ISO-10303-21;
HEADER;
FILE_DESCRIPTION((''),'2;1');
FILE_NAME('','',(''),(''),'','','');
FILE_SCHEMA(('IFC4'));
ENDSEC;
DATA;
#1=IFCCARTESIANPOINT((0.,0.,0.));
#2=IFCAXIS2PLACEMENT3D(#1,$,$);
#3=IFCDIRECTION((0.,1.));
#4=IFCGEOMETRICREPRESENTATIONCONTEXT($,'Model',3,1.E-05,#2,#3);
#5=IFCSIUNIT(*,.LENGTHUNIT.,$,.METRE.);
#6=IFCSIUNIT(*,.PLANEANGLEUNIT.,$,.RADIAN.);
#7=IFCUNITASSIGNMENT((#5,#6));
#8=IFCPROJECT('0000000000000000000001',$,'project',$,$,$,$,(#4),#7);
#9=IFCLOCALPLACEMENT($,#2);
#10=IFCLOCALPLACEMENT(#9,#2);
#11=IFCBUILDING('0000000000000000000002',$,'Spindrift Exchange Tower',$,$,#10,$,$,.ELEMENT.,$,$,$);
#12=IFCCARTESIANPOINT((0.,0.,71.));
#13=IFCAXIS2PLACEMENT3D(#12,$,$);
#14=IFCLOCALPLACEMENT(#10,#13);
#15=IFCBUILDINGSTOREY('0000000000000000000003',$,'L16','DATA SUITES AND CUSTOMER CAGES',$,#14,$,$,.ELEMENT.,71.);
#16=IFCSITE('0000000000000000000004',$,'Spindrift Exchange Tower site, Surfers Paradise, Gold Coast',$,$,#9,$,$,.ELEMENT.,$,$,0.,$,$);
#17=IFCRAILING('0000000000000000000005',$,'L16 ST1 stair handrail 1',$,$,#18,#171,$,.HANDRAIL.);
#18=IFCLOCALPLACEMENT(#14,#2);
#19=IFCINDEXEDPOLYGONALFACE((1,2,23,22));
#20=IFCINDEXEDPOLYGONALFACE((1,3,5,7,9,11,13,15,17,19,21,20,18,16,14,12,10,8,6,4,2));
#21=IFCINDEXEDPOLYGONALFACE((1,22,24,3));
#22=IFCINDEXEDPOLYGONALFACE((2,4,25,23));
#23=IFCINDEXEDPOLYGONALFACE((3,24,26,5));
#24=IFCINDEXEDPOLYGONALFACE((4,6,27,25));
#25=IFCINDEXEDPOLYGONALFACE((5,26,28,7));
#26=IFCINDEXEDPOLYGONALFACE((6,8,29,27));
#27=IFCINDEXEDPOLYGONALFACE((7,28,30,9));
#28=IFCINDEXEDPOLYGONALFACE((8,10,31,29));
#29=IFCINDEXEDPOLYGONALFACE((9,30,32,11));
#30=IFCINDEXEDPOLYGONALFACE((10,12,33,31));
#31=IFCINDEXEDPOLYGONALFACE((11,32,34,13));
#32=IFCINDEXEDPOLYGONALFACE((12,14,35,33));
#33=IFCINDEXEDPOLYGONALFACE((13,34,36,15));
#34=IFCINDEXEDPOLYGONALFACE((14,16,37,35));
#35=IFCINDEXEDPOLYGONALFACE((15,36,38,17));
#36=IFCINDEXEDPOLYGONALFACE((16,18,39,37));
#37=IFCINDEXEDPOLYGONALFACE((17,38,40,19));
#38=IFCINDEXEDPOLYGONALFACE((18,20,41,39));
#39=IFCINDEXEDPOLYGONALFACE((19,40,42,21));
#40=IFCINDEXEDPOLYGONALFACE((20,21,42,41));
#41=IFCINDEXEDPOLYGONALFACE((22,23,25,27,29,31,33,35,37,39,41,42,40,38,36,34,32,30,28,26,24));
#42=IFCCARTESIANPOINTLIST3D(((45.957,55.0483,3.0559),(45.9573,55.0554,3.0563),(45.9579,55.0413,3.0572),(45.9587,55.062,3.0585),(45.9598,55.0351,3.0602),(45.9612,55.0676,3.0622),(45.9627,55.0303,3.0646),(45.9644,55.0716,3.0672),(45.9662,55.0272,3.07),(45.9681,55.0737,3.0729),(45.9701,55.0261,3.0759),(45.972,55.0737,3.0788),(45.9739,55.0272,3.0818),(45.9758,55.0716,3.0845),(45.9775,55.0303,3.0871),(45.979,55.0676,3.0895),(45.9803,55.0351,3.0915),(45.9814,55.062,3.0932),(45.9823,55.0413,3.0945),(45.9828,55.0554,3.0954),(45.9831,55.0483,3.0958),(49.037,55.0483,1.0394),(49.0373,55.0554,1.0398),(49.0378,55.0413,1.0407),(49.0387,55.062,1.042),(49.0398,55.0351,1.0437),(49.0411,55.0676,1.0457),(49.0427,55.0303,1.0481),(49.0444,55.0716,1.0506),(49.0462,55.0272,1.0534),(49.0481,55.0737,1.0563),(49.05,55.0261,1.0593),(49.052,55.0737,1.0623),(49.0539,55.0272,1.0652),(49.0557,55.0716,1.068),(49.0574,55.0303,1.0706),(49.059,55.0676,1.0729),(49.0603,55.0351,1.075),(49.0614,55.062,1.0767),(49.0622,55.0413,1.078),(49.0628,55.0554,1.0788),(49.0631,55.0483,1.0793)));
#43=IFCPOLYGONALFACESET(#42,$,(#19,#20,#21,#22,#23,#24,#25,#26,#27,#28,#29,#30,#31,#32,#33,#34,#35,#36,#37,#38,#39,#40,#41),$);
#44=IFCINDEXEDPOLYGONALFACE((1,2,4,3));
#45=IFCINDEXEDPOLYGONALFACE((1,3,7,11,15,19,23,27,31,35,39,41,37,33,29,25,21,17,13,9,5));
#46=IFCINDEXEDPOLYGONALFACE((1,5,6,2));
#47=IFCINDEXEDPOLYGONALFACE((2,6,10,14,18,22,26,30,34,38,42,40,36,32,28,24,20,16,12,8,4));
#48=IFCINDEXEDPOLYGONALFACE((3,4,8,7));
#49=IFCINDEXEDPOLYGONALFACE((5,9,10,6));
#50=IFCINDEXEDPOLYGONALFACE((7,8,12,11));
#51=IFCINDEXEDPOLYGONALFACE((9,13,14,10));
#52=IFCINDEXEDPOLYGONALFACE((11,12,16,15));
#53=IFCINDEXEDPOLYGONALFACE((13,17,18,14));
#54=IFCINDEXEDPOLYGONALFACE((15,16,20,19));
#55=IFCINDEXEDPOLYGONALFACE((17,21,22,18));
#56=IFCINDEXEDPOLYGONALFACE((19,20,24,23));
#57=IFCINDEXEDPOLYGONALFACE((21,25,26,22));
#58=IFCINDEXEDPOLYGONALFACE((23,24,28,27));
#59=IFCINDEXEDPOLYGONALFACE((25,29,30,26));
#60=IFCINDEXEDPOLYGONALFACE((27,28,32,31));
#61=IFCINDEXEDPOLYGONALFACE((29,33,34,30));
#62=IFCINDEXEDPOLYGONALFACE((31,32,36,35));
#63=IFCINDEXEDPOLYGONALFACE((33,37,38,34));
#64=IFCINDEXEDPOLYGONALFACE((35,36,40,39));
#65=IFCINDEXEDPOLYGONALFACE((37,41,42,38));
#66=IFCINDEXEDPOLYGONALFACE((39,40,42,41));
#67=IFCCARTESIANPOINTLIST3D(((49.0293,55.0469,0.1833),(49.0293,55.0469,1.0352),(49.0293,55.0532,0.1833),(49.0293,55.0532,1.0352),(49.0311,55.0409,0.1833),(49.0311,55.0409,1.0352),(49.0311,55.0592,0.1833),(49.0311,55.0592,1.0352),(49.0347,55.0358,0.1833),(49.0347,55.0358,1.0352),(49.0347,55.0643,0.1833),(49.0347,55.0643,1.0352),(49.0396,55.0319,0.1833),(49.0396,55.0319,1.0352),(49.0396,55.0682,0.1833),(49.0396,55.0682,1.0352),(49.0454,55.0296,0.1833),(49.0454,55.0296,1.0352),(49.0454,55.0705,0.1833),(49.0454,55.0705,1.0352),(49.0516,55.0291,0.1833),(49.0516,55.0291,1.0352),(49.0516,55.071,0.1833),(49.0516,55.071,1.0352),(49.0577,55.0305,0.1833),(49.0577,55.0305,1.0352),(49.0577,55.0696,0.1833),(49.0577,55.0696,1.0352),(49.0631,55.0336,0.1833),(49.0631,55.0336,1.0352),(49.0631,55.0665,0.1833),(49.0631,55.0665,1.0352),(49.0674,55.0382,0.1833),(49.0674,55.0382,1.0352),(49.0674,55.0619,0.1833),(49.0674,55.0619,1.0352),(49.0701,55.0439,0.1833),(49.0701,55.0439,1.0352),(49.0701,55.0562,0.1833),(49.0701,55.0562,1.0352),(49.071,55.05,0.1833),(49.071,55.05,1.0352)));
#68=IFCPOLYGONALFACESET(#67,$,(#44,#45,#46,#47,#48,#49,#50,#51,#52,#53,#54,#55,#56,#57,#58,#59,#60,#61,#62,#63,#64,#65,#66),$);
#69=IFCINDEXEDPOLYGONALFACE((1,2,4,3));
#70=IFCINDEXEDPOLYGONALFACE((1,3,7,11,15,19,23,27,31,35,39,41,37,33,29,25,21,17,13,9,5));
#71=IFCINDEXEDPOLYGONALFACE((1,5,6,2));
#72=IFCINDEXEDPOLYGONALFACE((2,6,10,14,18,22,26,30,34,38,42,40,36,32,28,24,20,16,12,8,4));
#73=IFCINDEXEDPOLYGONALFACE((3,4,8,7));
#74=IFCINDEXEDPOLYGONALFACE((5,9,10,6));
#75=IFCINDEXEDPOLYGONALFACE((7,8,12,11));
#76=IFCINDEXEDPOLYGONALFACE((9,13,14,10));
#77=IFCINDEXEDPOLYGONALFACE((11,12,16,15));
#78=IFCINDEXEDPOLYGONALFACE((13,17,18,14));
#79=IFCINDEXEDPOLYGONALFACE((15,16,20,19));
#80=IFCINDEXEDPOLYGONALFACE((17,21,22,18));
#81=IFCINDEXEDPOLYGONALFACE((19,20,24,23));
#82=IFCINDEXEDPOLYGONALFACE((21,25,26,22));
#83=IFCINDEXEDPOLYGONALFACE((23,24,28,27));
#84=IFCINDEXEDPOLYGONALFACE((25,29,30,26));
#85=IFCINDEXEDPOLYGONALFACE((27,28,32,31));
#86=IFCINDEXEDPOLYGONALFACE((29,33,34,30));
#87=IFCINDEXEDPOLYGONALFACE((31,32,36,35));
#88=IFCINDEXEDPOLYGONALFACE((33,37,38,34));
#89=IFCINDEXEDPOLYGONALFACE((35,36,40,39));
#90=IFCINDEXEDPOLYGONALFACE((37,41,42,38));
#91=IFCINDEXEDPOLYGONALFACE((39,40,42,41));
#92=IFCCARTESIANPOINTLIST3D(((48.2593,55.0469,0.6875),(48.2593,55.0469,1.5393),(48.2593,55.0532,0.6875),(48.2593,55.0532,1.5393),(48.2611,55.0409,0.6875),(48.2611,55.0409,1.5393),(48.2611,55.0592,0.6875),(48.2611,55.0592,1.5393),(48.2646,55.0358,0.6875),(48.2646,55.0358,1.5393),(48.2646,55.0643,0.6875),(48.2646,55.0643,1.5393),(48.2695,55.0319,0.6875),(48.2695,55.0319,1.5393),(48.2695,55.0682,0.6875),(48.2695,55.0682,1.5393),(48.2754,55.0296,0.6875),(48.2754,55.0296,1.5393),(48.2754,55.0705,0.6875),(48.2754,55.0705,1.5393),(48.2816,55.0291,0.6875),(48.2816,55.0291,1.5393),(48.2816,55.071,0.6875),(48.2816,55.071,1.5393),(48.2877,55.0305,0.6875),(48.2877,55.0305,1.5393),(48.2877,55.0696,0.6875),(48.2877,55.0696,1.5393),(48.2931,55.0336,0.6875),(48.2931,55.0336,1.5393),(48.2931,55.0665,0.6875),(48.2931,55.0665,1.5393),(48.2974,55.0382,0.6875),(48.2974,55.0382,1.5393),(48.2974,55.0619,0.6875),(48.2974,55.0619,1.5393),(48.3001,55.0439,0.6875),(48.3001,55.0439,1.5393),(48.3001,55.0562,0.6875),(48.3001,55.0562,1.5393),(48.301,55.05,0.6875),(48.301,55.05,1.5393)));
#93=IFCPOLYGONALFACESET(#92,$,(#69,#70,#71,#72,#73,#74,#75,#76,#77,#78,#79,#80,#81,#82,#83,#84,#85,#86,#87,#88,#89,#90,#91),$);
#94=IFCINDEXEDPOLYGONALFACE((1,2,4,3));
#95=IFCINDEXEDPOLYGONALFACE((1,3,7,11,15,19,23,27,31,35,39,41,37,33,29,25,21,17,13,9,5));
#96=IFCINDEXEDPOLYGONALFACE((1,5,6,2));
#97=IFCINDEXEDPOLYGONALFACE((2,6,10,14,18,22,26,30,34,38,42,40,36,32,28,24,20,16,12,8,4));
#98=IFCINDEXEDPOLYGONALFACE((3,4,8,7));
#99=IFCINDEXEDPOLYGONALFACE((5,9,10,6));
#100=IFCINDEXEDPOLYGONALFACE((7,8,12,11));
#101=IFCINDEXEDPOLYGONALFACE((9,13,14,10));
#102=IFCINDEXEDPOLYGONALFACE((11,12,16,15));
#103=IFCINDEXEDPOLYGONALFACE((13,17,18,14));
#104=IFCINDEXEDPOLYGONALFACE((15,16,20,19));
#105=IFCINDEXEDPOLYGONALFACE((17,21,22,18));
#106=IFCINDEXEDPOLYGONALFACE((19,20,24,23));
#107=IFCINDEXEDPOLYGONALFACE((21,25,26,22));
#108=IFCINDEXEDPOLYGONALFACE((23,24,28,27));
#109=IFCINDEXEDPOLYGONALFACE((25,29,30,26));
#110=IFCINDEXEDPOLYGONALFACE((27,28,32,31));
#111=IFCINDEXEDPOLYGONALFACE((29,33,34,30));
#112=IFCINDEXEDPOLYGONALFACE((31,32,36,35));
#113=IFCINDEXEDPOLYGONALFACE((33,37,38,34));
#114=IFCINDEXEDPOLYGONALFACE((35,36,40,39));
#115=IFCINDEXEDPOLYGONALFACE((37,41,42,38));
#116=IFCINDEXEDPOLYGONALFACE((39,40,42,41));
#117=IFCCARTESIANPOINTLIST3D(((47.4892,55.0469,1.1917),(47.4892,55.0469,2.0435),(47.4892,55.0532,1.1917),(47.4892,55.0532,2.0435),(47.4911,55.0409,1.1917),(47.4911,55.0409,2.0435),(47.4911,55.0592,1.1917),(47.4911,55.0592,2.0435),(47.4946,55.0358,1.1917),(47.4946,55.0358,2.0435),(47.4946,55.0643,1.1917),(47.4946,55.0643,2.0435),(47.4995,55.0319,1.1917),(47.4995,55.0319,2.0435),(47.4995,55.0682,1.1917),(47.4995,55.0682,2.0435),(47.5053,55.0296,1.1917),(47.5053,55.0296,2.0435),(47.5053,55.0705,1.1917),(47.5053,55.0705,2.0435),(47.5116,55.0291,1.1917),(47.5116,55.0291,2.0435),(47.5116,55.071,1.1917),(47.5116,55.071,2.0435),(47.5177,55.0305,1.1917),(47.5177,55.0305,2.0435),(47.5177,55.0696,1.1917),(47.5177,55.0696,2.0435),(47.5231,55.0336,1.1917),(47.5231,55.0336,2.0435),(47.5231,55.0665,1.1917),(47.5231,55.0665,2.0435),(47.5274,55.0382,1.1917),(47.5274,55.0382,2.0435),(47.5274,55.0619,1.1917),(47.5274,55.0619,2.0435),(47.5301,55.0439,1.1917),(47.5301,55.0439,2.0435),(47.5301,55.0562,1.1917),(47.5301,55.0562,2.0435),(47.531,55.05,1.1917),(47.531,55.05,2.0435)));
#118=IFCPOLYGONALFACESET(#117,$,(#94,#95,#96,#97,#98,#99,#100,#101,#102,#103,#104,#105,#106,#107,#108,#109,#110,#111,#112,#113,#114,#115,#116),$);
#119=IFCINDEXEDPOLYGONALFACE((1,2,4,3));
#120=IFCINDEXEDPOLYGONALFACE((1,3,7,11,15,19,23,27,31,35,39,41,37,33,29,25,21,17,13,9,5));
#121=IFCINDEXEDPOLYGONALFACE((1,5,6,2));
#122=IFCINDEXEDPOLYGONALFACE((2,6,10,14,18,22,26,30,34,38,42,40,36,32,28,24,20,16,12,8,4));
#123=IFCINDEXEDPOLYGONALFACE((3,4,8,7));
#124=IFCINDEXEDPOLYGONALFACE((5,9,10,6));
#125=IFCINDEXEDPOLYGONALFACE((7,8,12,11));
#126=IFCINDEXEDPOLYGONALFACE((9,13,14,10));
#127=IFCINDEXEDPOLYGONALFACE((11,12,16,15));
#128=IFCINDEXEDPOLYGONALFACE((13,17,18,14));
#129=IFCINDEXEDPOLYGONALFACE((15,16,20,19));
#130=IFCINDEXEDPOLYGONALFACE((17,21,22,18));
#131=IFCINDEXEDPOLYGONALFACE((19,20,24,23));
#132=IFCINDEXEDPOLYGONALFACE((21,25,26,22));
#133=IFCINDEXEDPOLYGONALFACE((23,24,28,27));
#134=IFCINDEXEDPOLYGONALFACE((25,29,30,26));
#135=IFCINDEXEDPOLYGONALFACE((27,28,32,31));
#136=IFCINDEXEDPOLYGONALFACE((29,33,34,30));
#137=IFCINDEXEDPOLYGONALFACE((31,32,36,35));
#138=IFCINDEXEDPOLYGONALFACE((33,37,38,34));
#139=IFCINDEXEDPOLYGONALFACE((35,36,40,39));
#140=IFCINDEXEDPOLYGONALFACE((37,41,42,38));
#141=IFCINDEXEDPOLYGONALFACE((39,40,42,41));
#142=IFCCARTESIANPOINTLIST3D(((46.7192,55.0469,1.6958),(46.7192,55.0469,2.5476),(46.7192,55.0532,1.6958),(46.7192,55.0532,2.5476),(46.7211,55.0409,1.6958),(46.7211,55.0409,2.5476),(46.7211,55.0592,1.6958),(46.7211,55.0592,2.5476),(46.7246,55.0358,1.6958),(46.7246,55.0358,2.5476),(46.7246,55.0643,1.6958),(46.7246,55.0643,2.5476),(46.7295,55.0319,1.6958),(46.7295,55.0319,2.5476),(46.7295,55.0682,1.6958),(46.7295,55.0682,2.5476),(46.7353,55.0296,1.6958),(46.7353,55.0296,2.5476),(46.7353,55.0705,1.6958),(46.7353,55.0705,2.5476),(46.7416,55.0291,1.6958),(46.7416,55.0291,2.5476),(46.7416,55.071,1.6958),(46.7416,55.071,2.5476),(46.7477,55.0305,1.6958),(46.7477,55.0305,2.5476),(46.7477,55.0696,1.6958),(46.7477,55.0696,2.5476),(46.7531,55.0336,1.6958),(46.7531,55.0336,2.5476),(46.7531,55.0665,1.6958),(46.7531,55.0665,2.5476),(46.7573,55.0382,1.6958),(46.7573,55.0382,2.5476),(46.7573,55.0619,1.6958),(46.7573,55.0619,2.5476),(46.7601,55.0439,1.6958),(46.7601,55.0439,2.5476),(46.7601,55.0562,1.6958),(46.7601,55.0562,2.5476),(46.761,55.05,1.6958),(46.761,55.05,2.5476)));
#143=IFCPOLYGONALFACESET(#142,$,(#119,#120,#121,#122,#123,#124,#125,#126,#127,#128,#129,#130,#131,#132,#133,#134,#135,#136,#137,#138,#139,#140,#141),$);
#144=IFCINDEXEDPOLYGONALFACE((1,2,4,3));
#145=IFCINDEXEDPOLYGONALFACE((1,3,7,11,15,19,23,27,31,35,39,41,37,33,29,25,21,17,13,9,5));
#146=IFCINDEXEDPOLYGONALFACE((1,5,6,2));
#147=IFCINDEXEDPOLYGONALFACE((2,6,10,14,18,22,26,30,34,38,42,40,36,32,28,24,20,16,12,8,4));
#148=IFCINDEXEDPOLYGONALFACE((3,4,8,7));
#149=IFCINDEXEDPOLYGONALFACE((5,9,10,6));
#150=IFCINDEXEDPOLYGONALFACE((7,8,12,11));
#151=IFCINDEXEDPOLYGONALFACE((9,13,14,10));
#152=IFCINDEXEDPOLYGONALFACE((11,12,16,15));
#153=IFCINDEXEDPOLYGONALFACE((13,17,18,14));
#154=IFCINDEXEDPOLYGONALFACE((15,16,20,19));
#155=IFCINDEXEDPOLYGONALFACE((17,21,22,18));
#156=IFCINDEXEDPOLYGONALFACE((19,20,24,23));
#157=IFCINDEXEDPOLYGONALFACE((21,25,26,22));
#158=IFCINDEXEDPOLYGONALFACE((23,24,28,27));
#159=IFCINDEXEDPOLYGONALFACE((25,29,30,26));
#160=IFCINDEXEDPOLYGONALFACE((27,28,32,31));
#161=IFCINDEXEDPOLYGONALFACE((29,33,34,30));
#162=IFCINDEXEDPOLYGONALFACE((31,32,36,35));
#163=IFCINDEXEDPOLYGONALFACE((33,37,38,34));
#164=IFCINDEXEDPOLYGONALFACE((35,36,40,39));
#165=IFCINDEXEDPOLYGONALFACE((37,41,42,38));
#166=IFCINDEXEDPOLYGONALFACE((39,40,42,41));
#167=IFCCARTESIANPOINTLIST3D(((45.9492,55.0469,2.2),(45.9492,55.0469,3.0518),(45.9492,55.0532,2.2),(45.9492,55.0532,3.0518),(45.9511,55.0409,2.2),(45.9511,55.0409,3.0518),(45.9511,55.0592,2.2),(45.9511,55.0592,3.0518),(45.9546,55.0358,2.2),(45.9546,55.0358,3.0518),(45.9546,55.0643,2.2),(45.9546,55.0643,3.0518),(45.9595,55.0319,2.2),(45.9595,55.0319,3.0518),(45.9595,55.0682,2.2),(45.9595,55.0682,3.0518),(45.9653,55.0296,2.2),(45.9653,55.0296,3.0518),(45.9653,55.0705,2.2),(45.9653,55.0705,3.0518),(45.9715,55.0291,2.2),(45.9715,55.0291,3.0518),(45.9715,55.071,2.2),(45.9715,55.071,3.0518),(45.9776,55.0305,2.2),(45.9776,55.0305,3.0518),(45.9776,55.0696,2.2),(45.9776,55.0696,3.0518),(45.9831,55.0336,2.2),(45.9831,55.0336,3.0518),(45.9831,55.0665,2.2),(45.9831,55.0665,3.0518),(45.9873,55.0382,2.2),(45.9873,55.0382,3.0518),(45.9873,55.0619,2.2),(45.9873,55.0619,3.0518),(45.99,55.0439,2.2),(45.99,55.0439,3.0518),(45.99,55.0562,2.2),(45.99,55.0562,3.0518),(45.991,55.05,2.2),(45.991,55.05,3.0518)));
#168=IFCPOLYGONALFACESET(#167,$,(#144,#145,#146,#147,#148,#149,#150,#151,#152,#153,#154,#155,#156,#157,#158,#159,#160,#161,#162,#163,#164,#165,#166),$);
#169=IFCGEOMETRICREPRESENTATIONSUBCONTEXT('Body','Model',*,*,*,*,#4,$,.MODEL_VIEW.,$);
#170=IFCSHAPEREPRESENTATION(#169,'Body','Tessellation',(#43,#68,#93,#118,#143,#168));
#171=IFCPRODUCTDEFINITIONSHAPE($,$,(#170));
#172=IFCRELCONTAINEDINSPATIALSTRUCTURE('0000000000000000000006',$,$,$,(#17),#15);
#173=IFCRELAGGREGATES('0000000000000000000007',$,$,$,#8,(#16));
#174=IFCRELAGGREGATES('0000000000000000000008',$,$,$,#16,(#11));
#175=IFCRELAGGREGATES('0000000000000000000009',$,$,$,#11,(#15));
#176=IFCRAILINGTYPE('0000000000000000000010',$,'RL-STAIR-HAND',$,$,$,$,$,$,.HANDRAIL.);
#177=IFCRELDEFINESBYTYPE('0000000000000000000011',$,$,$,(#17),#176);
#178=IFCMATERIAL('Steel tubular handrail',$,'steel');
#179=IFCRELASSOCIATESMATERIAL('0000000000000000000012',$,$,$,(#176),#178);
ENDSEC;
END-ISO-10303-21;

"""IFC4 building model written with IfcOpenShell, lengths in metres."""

from ifc_helpers import new_model, si_unit, direction, frame, origin, origin_2d, place, context, subcontext, project, spatial, circle, extrude, material, type_object, element, save


model = new_model("IFC4")

# Units and contexts
model_context = context("Model", 3, precision=1e-05, world=origin(), true_north=direction((0.0, 1.0)))
body_context = subcontext(model_context, "Body", "Model", "MODEL_VIEW")
ifc_project = project(units=[si_unit("LENGTHUNIT", "METRE"), si_unit("PLANEANGLEUNIT", "RADIAN")], contexts=[model_context])

# Site, building, storey
site_placement = place(None, origin())
site = spatial("IfcSite", under=ifc_project, at=site_placement, Name="Spindrift Exchange Tower site, Surfers Paradise, Gold Coast", CompositionType="ELEMENT", RefElevation=0.0)
building_placement = place(site_placement, origin())
building = spatial("IfcBuilding", under=site, at=building_placement, Name="Spindrift Exchange Tower", CompositionType="ELEMENT")
storey_placement = place(building_placement, frame((0.0, 0.0, 71.0)))
storey = spatial("IfcBuildingStorey", under=building, at=storey_placement, Name="L16", Description="DATA SUITES AND CUSTOMER CAGES", CompositionType="ELEMENT", Elevation=71.0)

# Railing
ifc_material_1 = material(Name="Steel tubular handrail", Category="steel")
railing_type_1 = type_object("IfcRailingType", Name="RL-STAIR-HAND", PredefinedType="HANDRAIL", material=ifc_material_1)
railing_1_placement = place(storey_placement, frame((49.05, 55.05, 0.1833)))
element("IfcRailing", 1, at=railing_1_placement, inside=storey, type_object=railing_type_1, Name="L16 ST1 stair handrail 1", PredefinedType="HANDRAIL", context=body_context, shape_type="SweptSolid", body=[
    extrude(circle(Radius=0.0239, at=origin_2d()), frame((0.0, 0.0, 0.876), z_axis=(-0.836633, 0.0, 0.547764), x_axis=(0.0, -1.0, 0.0)), (0.0, 0.0, 1.0), 3.6814),
    extrude(circle(Radius=0.021, at=origin_2d()), origin(), (0.0, 0.0, 1.0), 0.8518),
    extrude(circle(Radius=0.021, at=origin_2d()), frame((-0.77, 0.0, 0.5042)), (0.0, 0.0, 1.0), 0.8518),
    extrude(circle(Radius=0.021, at=origin_2d()), frame((-1.54, 0.0, 1.0083)), (0.0, 0.0, 1.0), 0.8518),
    extrude(circle(Radius=0.021, at=origin_2d()), frame((-2.3101, 0.0, 1.5125)), (0.0, 0.0, 1.0), 0.8518),
    extrude(circle(Radius=0.021, at=origin_2d()), frame((-3.0801, 0.0, 2.0166)), (0.0, 0.0, 1.0), 0.8518),
])

save(model, "model.ifc")
